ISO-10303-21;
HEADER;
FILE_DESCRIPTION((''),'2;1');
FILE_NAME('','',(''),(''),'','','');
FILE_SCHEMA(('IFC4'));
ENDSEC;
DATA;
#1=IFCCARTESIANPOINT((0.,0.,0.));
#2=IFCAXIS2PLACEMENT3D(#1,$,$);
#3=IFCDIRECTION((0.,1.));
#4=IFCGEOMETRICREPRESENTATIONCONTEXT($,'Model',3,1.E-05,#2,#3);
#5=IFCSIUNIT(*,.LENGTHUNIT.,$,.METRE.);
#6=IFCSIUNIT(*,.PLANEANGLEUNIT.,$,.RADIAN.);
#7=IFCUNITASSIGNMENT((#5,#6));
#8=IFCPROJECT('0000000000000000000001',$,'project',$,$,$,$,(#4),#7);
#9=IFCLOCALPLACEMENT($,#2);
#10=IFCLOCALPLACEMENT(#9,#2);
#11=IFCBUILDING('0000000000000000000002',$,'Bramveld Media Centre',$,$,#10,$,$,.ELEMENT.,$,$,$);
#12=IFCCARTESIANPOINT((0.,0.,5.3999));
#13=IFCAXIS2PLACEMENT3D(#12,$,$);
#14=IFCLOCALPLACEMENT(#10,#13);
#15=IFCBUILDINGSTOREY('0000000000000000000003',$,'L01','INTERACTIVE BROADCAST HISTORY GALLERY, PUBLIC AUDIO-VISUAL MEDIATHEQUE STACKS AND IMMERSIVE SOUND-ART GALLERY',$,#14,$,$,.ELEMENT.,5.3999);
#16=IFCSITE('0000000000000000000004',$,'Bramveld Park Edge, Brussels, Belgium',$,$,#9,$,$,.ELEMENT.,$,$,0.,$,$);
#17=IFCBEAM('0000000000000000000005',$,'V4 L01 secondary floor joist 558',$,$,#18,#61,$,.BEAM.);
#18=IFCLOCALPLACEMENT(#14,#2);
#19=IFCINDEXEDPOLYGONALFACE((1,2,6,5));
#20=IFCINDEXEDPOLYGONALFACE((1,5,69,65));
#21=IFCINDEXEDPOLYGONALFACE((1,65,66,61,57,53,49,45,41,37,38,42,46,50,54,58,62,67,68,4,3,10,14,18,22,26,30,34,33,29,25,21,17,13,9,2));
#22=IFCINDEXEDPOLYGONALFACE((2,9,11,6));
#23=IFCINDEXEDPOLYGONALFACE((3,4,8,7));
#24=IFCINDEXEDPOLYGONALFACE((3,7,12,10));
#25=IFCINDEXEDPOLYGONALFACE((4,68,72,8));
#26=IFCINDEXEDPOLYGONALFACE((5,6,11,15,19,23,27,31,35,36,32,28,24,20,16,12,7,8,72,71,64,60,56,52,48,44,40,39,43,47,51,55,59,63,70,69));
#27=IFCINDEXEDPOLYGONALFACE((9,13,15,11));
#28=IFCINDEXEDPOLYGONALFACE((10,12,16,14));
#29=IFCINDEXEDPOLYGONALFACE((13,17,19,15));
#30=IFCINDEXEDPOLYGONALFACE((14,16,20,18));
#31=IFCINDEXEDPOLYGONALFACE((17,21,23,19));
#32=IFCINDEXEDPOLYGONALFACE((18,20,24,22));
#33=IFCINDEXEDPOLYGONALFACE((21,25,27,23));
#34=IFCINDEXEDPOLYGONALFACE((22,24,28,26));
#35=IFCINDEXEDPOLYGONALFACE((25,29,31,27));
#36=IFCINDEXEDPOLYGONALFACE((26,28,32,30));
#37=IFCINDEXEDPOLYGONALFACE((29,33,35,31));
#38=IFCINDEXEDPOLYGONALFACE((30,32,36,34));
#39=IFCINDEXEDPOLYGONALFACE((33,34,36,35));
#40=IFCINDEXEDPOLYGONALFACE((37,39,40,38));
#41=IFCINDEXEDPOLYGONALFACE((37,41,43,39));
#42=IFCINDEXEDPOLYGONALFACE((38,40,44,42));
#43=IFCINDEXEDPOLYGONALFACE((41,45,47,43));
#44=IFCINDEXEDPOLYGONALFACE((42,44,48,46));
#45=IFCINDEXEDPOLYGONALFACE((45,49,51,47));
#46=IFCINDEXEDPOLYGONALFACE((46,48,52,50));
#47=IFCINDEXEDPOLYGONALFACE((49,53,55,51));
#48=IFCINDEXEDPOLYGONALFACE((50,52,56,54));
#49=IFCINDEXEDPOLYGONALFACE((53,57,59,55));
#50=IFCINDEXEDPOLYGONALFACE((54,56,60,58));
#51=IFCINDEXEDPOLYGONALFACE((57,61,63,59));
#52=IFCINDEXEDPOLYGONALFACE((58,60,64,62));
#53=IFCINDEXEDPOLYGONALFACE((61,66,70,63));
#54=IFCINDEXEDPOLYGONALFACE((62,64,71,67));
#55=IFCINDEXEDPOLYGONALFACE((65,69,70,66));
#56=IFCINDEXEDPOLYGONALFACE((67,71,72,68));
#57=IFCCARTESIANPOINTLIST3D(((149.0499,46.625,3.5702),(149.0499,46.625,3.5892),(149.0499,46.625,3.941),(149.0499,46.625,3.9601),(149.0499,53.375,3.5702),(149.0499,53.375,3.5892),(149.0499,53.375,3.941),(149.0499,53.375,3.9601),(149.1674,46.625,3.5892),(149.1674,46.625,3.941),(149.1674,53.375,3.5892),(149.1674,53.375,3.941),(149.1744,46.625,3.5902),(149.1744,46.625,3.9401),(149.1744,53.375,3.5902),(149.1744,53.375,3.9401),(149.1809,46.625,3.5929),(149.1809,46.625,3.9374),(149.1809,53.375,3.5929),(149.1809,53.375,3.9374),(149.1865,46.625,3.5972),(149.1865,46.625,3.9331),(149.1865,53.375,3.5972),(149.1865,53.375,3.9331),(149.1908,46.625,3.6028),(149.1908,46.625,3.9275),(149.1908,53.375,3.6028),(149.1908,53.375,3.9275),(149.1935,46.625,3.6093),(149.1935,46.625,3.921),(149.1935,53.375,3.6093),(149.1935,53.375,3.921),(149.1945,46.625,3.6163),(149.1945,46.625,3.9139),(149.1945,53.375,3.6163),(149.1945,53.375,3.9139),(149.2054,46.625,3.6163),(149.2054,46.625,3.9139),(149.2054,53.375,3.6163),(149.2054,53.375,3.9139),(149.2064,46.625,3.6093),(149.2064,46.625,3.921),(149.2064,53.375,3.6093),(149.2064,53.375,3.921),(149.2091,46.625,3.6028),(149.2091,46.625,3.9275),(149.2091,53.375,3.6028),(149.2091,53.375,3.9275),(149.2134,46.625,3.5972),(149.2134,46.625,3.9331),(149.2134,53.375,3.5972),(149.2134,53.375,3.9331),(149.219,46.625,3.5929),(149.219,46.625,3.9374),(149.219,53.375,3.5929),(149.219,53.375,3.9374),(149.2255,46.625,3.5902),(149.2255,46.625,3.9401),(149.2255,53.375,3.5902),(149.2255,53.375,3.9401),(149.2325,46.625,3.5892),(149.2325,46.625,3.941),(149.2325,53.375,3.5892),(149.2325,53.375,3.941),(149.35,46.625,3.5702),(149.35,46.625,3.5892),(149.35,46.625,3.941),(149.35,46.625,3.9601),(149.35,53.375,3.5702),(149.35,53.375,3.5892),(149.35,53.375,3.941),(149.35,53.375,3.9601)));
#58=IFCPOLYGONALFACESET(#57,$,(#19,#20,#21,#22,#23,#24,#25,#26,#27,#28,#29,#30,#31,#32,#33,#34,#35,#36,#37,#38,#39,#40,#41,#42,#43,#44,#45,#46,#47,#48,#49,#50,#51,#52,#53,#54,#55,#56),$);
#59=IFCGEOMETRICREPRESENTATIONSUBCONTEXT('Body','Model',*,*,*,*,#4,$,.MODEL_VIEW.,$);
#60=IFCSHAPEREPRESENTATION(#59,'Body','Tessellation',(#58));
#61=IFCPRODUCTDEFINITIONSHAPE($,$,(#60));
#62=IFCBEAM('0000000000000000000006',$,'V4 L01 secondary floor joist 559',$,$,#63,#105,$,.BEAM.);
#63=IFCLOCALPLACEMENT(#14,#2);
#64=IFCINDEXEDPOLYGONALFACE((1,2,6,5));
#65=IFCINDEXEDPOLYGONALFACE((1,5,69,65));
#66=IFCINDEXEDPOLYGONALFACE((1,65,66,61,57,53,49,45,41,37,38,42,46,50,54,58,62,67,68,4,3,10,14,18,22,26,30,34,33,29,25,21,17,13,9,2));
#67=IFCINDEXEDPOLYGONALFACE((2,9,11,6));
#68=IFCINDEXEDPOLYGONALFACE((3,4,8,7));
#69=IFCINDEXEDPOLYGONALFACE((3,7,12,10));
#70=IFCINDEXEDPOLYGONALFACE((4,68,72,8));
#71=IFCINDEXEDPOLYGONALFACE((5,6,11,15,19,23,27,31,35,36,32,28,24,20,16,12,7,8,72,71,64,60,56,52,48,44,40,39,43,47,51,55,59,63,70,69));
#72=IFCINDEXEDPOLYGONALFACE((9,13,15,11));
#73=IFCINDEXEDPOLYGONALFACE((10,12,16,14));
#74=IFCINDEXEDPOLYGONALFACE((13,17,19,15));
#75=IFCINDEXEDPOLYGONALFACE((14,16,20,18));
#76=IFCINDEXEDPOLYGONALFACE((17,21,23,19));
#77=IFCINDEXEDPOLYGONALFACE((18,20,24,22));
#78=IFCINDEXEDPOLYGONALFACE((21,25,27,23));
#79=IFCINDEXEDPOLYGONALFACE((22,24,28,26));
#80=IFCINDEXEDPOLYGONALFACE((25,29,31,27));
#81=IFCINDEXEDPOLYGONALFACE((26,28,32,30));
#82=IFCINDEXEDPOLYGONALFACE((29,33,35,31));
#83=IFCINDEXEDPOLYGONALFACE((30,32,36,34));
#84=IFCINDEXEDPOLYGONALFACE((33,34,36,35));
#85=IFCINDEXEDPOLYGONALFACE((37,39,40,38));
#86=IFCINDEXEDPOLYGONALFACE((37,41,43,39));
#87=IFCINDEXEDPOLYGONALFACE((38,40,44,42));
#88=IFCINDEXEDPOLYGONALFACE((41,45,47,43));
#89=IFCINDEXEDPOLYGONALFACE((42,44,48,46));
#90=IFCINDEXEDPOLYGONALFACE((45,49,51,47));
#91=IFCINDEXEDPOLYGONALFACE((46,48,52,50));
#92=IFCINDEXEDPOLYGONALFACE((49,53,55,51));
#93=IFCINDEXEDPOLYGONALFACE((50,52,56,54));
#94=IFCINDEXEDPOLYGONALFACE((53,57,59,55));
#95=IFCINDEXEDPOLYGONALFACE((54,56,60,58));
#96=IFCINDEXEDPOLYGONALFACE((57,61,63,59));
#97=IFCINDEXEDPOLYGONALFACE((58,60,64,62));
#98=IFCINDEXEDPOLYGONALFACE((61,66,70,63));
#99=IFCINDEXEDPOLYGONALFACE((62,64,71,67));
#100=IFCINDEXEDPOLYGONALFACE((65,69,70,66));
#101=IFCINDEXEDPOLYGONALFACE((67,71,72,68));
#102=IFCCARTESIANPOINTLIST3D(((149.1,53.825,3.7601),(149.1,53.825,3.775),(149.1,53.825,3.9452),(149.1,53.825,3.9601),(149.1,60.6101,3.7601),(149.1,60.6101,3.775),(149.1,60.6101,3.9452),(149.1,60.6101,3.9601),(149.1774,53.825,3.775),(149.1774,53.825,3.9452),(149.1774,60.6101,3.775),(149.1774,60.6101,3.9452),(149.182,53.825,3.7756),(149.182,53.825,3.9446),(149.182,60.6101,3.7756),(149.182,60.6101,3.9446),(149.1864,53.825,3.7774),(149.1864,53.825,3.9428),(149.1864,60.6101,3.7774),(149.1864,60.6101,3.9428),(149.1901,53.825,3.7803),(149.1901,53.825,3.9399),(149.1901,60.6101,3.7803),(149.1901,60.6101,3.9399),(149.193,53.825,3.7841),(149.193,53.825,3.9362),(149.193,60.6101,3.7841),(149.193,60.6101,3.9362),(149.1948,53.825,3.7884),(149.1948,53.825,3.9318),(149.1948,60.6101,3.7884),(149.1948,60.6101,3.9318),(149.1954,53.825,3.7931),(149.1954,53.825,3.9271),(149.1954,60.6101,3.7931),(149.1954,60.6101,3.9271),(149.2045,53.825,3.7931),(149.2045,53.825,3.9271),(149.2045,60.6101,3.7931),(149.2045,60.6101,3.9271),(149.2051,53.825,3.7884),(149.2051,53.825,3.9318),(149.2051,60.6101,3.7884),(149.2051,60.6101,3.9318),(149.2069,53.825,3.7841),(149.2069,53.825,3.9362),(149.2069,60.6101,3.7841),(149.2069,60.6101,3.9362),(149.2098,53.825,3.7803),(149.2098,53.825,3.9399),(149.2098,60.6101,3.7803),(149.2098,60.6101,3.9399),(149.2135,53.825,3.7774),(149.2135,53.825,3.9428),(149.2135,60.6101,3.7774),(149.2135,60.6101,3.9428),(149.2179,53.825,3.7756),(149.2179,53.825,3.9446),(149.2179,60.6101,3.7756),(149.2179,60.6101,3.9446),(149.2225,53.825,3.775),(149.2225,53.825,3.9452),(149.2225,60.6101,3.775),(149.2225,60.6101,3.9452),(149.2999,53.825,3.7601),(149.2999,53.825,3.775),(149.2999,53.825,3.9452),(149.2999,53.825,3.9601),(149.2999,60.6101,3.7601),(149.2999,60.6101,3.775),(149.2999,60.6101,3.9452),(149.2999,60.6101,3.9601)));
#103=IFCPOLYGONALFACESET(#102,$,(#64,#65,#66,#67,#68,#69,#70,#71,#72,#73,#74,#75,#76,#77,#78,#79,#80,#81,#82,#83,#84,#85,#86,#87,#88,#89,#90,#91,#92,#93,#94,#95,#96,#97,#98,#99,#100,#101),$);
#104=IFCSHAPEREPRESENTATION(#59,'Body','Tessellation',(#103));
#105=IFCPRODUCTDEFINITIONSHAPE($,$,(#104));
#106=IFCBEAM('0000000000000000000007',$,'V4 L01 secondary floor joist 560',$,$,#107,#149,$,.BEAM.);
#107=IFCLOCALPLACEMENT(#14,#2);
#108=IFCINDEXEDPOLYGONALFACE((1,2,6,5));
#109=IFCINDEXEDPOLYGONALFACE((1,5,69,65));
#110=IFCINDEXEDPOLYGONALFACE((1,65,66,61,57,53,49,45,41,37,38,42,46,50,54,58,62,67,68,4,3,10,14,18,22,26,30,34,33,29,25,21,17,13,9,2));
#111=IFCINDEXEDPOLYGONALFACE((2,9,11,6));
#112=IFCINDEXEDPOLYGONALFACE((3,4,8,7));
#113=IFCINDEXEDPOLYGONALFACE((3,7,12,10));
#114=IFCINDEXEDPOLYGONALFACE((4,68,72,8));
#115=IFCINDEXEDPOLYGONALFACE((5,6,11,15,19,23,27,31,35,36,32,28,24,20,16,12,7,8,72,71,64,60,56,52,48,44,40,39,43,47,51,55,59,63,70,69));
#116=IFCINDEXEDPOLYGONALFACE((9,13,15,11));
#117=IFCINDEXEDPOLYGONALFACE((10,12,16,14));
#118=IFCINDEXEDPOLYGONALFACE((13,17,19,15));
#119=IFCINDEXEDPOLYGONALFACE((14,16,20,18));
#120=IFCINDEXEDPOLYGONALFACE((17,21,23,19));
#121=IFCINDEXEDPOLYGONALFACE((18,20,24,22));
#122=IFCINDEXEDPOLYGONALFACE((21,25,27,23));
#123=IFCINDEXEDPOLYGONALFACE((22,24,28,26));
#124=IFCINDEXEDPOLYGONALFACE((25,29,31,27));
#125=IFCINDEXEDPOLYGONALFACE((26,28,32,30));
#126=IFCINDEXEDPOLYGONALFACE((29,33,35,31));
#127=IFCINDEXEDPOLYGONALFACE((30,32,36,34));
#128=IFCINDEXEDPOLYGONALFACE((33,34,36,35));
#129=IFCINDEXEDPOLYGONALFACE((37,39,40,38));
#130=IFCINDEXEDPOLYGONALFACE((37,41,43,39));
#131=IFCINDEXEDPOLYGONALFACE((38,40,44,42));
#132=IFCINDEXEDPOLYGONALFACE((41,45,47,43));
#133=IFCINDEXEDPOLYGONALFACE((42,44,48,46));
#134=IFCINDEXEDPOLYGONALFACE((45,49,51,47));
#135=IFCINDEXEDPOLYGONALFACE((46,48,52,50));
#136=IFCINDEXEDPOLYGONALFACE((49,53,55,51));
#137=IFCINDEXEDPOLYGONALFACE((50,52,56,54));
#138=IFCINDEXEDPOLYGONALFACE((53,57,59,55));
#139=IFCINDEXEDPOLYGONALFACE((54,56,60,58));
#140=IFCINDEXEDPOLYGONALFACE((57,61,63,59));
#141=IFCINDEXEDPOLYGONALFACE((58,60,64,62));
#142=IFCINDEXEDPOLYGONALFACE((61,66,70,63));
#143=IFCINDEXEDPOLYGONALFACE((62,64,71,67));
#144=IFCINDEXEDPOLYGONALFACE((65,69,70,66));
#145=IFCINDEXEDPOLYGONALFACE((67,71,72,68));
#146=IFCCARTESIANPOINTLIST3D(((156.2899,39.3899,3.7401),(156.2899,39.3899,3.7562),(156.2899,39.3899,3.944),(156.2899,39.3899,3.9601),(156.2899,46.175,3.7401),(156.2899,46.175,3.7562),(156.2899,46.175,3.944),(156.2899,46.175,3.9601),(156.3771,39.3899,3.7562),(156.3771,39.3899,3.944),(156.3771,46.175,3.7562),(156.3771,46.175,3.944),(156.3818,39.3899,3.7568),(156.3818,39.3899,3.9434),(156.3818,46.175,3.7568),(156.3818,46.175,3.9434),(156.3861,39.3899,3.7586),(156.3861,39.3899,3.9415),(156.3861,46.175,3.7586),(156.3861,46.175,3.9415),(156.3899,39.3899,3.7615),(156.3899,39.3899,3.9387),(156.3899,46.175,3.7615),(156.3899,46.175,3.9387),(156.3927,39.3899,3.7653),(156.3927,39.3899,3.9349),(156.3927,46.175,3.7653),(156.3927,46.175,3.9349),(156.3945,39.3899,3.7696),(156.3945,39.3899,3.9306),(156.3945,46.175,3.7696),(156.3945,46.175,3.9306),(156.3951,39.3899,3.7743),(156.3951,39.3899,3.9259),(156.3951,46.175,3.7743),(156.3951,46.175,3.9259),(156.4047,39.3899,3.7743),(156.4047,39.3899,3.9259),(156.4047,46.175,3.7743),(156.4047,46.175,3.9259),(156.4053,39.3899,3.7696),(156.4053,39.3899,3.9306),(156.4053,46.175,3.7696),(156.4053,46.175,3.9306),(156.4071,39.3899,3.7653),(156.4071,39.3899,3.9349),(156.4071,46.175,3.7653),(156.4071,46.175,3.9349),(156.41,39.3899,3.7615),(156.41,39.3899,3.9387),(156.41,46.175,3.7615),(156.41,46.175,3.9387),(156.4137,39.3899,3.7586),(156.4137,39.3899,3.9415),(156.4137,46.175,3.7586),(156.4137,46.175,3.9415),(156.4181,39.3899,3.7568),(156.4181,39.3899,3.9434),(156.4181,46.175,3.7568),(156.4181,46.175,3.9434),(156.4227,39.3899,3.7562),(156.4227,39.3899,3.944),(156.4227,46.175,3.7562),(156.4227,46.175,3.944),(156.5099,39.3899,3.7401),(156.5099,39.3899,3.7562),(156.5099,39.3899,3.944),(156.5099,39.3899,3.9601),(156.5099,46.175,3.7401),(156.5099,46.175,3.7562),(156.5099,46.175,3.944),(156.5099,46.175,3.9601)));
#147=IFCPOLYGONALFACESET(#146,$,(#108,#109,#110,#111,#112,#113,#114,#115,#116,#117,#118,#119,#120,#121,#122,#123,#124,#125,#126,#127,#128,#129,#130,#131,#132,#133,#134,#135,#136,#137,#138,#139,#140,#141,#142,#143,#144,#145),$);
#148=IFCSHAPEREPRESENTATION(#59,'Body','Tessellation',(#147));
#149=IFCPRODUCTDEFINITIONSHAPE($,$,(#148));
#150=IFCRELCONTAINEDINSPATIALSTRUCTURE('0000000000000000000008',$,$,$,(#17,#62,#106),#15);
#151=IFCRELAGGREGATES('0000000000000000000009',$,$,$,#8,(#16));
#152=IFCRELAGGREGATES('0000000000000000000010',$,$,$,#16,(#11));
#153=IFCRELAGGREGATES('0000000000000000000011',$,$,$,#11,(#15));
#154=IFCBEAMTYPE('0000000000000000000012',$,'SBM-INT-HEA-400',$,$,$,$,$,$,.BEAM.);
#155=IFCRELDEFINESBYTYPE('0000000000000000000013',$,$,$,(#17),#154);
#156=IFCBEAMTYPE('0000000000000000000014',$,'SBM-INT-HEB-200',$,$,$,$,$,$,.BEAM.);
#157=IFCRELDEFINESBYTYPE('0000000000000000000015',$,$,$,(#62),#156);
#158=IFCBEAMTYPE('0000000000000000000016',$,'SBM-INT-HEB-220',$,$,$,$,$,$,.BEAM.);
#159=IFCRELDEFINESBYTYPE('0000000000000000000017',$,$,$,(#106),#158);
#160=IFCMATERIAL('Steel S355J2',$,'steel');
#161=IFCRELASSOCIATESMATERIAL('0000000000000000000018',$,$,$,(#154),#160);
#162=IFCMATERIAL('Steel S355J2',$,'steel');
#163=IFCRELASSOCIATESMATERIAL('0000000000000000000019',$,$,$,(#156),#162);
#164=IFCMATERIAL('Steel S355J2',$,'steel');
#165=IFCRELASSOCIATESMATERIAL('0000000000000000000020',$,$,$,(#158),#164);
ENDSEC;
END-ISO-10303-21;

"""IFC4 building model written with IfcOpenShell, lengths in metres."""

from ifc_helpers import new_model, si_unit, direction, frame, origin, origin_2d, place, context, subcontext, project, spatial, i_section, extrude, material, material_profile, profile_set, type_object, element, save


model = new_model("IFC4")

# Units and contexts
model_context = context("Model", 3, precision=1e-05, world=origin(), true_north=direction((0.0, 1.0)))
body_context = subcontext(model_context, "Body", "Model", "MODEL_VIEW")
ifc_project = project(units=[si_unit("LENGTHUNIT", "METRE"), si_unit("PLANEANGLEUNIT", "RADIAN")], contexts=[model_context])

# Site, building, storey
site_placement = place(None, origin())
site = spatial("IfcSite", under=ifc_project, at=site_placement, Name="Bramveld Park Edge, Brussels, Belgium", CompositionType="ELEMENT", RefElevation=0.0)
building_placement = place(site_placement, origin())
building = spatial("IfcBuilding", under=site, at=building_placement, Name="Bramveld Media Centre", CompositionType="ELEMENT")
storey_placement = place(building_placement, frame((0.0, 0.0, 5.3999)))
storey = spatial("IfcBuildingStorey", under=building, at=storey_placement, Name="L01", Description="INTERACTIVE BROADCAST HISTORY GALLERY, PUBLIC AUDIO-VISUAL MEDIATHEQUE STACKS AND IMMERSIVE SOUND-ART GALLERY", CompositionType="ELEMENT", Elevation=5.3999)

# Beams
ifc_material_1 = material(Name="Steel S355J2", Category="steel")
ifc_material_profile_1 = material_profile(ifc_material_1, i_section(OverallWidth=0.3, OverallDepth=0.3899, WebThickness=0.011, FlangeThickness=0.019, FilletRadius=0.0271, at=origin_2d()), Name="HEA 400")
ifc_profile_set_1 = profile_set([ifc_material_profile_1], Name="Steel S355J2")
beam_type_1 = type_object("IfcBeamType", Name="SBM-INT-HEA-400", PredefinedType="BEAM", material=ifc_profile_set_1)
beam_1_placement = place(storey_placement, frame((149.2, 46.625, 3.7651), z_axis=(0.0, 1.0, 0.0), x_axis=(-1.0, 0.0, 0.0)))
element("IfcBeam", 1, at=beam_1_placement, inside=storey, type_object=beam_type_1, Name="V4 L01 secondary floor joist 558", PredefinedType="BEAM", context=body_context, shape_type="SweptSolid", body=[
    extrude(i_section(OverallWidth=0.3, OverallDepth=0.3899, WebThickness=0.011, FlangeThickness=0.019, FilletRadius=0.0271, at=origin_2d()), origin(), (0.0, 0.0, 1.0), 6.75),
])
ifc_material_2 = material(Name="Steel S355J2", Category="steel")
ifc_material_profile_2 = material_profile(ifc_material_2, i_section(OverallWidth=0.2, OverallDepth=0.2, WebThickness=0.009, FlangeThickness=0.0149, FilletRadius=0.0181, at=origin_2d()), Name="HEB 200")
ifc_profile_set_2 = profile_set([ifc_material_profile_2], Name="Steel S355J2")
beam_type_2 = type_object("IfcBeamType", Name="SBM-INT-HEB-200", PredefinedType="BEAM", material=ifc_profile_set_2)
beam_2_placement = place(storey_placement, frame((149.2, 53.825, 3.8601), z_axis=(0.0, 1.0, 0.0), x_axis=(-1.0, 0.0, 0.0)))
element("IfcBeam", 2, at=beam_2_placement, inside=storey, type_object=beam_type_2, Name="V4 L01 secondary floor joist 559", PredefinedType="BEAM", context=body_context, shape_type="SweptSolid", body=[
    extrude(i_section(OverallWidth=0.2, OverallDepth=0.2, WebThickness=0.009, FlangeThickness=0.0149, FilletRadius=0.0181, at=origin_2d()), origin(), (0.0, 0.0, 1.0), 6.7852),
])
ifc_material_3 = material(Name="Steel S355J2", Category="steel")
ifc_material_profile_3 = material_profile(ifc_material_3, i_section(OverallWidth=0.22, OverallDepth=0.22, WebThickness=0.0095, FlangeThickness=0.0161, FilletRadius=0.0181, at=origin_2d()), Name="HEB 220")
ifc_profile_set_3 = profile_set([ifc_material_profile_3], Name="Steel S355J2")
beam_type_3 = type_object("IfcBeamType", Name="SBM-INT-HEB-220", PredefinedType="BEAM", material=ifc_profile_set_3)
beam_3_placement = place(storey_placement, frame((156.3999, 39.3899, 3.8501), z_axis=(0.0, 1.0, 0.0), x_axis=(-1.0, 0.0, 0.0)))
element("IfcBeam", 3, at=beam_3_placement, inside=storey, type_object=beam_type_3, Name="V4 L01 secondary floor joist 560", PredefinedType="BEAM", context=body_context, shape_type="SweptSolid", body=[
    extrude(i_section(OverallWidth=0.22, OverallDepth=0.22, WebThickness=0.0095, FlangeThickness=0.0161, FilletRadius=0.0181, at=origin_2d()), origin(), (0.0, 0.0, 1.0), 6.7852),
])

save(model, "model.ifc")
